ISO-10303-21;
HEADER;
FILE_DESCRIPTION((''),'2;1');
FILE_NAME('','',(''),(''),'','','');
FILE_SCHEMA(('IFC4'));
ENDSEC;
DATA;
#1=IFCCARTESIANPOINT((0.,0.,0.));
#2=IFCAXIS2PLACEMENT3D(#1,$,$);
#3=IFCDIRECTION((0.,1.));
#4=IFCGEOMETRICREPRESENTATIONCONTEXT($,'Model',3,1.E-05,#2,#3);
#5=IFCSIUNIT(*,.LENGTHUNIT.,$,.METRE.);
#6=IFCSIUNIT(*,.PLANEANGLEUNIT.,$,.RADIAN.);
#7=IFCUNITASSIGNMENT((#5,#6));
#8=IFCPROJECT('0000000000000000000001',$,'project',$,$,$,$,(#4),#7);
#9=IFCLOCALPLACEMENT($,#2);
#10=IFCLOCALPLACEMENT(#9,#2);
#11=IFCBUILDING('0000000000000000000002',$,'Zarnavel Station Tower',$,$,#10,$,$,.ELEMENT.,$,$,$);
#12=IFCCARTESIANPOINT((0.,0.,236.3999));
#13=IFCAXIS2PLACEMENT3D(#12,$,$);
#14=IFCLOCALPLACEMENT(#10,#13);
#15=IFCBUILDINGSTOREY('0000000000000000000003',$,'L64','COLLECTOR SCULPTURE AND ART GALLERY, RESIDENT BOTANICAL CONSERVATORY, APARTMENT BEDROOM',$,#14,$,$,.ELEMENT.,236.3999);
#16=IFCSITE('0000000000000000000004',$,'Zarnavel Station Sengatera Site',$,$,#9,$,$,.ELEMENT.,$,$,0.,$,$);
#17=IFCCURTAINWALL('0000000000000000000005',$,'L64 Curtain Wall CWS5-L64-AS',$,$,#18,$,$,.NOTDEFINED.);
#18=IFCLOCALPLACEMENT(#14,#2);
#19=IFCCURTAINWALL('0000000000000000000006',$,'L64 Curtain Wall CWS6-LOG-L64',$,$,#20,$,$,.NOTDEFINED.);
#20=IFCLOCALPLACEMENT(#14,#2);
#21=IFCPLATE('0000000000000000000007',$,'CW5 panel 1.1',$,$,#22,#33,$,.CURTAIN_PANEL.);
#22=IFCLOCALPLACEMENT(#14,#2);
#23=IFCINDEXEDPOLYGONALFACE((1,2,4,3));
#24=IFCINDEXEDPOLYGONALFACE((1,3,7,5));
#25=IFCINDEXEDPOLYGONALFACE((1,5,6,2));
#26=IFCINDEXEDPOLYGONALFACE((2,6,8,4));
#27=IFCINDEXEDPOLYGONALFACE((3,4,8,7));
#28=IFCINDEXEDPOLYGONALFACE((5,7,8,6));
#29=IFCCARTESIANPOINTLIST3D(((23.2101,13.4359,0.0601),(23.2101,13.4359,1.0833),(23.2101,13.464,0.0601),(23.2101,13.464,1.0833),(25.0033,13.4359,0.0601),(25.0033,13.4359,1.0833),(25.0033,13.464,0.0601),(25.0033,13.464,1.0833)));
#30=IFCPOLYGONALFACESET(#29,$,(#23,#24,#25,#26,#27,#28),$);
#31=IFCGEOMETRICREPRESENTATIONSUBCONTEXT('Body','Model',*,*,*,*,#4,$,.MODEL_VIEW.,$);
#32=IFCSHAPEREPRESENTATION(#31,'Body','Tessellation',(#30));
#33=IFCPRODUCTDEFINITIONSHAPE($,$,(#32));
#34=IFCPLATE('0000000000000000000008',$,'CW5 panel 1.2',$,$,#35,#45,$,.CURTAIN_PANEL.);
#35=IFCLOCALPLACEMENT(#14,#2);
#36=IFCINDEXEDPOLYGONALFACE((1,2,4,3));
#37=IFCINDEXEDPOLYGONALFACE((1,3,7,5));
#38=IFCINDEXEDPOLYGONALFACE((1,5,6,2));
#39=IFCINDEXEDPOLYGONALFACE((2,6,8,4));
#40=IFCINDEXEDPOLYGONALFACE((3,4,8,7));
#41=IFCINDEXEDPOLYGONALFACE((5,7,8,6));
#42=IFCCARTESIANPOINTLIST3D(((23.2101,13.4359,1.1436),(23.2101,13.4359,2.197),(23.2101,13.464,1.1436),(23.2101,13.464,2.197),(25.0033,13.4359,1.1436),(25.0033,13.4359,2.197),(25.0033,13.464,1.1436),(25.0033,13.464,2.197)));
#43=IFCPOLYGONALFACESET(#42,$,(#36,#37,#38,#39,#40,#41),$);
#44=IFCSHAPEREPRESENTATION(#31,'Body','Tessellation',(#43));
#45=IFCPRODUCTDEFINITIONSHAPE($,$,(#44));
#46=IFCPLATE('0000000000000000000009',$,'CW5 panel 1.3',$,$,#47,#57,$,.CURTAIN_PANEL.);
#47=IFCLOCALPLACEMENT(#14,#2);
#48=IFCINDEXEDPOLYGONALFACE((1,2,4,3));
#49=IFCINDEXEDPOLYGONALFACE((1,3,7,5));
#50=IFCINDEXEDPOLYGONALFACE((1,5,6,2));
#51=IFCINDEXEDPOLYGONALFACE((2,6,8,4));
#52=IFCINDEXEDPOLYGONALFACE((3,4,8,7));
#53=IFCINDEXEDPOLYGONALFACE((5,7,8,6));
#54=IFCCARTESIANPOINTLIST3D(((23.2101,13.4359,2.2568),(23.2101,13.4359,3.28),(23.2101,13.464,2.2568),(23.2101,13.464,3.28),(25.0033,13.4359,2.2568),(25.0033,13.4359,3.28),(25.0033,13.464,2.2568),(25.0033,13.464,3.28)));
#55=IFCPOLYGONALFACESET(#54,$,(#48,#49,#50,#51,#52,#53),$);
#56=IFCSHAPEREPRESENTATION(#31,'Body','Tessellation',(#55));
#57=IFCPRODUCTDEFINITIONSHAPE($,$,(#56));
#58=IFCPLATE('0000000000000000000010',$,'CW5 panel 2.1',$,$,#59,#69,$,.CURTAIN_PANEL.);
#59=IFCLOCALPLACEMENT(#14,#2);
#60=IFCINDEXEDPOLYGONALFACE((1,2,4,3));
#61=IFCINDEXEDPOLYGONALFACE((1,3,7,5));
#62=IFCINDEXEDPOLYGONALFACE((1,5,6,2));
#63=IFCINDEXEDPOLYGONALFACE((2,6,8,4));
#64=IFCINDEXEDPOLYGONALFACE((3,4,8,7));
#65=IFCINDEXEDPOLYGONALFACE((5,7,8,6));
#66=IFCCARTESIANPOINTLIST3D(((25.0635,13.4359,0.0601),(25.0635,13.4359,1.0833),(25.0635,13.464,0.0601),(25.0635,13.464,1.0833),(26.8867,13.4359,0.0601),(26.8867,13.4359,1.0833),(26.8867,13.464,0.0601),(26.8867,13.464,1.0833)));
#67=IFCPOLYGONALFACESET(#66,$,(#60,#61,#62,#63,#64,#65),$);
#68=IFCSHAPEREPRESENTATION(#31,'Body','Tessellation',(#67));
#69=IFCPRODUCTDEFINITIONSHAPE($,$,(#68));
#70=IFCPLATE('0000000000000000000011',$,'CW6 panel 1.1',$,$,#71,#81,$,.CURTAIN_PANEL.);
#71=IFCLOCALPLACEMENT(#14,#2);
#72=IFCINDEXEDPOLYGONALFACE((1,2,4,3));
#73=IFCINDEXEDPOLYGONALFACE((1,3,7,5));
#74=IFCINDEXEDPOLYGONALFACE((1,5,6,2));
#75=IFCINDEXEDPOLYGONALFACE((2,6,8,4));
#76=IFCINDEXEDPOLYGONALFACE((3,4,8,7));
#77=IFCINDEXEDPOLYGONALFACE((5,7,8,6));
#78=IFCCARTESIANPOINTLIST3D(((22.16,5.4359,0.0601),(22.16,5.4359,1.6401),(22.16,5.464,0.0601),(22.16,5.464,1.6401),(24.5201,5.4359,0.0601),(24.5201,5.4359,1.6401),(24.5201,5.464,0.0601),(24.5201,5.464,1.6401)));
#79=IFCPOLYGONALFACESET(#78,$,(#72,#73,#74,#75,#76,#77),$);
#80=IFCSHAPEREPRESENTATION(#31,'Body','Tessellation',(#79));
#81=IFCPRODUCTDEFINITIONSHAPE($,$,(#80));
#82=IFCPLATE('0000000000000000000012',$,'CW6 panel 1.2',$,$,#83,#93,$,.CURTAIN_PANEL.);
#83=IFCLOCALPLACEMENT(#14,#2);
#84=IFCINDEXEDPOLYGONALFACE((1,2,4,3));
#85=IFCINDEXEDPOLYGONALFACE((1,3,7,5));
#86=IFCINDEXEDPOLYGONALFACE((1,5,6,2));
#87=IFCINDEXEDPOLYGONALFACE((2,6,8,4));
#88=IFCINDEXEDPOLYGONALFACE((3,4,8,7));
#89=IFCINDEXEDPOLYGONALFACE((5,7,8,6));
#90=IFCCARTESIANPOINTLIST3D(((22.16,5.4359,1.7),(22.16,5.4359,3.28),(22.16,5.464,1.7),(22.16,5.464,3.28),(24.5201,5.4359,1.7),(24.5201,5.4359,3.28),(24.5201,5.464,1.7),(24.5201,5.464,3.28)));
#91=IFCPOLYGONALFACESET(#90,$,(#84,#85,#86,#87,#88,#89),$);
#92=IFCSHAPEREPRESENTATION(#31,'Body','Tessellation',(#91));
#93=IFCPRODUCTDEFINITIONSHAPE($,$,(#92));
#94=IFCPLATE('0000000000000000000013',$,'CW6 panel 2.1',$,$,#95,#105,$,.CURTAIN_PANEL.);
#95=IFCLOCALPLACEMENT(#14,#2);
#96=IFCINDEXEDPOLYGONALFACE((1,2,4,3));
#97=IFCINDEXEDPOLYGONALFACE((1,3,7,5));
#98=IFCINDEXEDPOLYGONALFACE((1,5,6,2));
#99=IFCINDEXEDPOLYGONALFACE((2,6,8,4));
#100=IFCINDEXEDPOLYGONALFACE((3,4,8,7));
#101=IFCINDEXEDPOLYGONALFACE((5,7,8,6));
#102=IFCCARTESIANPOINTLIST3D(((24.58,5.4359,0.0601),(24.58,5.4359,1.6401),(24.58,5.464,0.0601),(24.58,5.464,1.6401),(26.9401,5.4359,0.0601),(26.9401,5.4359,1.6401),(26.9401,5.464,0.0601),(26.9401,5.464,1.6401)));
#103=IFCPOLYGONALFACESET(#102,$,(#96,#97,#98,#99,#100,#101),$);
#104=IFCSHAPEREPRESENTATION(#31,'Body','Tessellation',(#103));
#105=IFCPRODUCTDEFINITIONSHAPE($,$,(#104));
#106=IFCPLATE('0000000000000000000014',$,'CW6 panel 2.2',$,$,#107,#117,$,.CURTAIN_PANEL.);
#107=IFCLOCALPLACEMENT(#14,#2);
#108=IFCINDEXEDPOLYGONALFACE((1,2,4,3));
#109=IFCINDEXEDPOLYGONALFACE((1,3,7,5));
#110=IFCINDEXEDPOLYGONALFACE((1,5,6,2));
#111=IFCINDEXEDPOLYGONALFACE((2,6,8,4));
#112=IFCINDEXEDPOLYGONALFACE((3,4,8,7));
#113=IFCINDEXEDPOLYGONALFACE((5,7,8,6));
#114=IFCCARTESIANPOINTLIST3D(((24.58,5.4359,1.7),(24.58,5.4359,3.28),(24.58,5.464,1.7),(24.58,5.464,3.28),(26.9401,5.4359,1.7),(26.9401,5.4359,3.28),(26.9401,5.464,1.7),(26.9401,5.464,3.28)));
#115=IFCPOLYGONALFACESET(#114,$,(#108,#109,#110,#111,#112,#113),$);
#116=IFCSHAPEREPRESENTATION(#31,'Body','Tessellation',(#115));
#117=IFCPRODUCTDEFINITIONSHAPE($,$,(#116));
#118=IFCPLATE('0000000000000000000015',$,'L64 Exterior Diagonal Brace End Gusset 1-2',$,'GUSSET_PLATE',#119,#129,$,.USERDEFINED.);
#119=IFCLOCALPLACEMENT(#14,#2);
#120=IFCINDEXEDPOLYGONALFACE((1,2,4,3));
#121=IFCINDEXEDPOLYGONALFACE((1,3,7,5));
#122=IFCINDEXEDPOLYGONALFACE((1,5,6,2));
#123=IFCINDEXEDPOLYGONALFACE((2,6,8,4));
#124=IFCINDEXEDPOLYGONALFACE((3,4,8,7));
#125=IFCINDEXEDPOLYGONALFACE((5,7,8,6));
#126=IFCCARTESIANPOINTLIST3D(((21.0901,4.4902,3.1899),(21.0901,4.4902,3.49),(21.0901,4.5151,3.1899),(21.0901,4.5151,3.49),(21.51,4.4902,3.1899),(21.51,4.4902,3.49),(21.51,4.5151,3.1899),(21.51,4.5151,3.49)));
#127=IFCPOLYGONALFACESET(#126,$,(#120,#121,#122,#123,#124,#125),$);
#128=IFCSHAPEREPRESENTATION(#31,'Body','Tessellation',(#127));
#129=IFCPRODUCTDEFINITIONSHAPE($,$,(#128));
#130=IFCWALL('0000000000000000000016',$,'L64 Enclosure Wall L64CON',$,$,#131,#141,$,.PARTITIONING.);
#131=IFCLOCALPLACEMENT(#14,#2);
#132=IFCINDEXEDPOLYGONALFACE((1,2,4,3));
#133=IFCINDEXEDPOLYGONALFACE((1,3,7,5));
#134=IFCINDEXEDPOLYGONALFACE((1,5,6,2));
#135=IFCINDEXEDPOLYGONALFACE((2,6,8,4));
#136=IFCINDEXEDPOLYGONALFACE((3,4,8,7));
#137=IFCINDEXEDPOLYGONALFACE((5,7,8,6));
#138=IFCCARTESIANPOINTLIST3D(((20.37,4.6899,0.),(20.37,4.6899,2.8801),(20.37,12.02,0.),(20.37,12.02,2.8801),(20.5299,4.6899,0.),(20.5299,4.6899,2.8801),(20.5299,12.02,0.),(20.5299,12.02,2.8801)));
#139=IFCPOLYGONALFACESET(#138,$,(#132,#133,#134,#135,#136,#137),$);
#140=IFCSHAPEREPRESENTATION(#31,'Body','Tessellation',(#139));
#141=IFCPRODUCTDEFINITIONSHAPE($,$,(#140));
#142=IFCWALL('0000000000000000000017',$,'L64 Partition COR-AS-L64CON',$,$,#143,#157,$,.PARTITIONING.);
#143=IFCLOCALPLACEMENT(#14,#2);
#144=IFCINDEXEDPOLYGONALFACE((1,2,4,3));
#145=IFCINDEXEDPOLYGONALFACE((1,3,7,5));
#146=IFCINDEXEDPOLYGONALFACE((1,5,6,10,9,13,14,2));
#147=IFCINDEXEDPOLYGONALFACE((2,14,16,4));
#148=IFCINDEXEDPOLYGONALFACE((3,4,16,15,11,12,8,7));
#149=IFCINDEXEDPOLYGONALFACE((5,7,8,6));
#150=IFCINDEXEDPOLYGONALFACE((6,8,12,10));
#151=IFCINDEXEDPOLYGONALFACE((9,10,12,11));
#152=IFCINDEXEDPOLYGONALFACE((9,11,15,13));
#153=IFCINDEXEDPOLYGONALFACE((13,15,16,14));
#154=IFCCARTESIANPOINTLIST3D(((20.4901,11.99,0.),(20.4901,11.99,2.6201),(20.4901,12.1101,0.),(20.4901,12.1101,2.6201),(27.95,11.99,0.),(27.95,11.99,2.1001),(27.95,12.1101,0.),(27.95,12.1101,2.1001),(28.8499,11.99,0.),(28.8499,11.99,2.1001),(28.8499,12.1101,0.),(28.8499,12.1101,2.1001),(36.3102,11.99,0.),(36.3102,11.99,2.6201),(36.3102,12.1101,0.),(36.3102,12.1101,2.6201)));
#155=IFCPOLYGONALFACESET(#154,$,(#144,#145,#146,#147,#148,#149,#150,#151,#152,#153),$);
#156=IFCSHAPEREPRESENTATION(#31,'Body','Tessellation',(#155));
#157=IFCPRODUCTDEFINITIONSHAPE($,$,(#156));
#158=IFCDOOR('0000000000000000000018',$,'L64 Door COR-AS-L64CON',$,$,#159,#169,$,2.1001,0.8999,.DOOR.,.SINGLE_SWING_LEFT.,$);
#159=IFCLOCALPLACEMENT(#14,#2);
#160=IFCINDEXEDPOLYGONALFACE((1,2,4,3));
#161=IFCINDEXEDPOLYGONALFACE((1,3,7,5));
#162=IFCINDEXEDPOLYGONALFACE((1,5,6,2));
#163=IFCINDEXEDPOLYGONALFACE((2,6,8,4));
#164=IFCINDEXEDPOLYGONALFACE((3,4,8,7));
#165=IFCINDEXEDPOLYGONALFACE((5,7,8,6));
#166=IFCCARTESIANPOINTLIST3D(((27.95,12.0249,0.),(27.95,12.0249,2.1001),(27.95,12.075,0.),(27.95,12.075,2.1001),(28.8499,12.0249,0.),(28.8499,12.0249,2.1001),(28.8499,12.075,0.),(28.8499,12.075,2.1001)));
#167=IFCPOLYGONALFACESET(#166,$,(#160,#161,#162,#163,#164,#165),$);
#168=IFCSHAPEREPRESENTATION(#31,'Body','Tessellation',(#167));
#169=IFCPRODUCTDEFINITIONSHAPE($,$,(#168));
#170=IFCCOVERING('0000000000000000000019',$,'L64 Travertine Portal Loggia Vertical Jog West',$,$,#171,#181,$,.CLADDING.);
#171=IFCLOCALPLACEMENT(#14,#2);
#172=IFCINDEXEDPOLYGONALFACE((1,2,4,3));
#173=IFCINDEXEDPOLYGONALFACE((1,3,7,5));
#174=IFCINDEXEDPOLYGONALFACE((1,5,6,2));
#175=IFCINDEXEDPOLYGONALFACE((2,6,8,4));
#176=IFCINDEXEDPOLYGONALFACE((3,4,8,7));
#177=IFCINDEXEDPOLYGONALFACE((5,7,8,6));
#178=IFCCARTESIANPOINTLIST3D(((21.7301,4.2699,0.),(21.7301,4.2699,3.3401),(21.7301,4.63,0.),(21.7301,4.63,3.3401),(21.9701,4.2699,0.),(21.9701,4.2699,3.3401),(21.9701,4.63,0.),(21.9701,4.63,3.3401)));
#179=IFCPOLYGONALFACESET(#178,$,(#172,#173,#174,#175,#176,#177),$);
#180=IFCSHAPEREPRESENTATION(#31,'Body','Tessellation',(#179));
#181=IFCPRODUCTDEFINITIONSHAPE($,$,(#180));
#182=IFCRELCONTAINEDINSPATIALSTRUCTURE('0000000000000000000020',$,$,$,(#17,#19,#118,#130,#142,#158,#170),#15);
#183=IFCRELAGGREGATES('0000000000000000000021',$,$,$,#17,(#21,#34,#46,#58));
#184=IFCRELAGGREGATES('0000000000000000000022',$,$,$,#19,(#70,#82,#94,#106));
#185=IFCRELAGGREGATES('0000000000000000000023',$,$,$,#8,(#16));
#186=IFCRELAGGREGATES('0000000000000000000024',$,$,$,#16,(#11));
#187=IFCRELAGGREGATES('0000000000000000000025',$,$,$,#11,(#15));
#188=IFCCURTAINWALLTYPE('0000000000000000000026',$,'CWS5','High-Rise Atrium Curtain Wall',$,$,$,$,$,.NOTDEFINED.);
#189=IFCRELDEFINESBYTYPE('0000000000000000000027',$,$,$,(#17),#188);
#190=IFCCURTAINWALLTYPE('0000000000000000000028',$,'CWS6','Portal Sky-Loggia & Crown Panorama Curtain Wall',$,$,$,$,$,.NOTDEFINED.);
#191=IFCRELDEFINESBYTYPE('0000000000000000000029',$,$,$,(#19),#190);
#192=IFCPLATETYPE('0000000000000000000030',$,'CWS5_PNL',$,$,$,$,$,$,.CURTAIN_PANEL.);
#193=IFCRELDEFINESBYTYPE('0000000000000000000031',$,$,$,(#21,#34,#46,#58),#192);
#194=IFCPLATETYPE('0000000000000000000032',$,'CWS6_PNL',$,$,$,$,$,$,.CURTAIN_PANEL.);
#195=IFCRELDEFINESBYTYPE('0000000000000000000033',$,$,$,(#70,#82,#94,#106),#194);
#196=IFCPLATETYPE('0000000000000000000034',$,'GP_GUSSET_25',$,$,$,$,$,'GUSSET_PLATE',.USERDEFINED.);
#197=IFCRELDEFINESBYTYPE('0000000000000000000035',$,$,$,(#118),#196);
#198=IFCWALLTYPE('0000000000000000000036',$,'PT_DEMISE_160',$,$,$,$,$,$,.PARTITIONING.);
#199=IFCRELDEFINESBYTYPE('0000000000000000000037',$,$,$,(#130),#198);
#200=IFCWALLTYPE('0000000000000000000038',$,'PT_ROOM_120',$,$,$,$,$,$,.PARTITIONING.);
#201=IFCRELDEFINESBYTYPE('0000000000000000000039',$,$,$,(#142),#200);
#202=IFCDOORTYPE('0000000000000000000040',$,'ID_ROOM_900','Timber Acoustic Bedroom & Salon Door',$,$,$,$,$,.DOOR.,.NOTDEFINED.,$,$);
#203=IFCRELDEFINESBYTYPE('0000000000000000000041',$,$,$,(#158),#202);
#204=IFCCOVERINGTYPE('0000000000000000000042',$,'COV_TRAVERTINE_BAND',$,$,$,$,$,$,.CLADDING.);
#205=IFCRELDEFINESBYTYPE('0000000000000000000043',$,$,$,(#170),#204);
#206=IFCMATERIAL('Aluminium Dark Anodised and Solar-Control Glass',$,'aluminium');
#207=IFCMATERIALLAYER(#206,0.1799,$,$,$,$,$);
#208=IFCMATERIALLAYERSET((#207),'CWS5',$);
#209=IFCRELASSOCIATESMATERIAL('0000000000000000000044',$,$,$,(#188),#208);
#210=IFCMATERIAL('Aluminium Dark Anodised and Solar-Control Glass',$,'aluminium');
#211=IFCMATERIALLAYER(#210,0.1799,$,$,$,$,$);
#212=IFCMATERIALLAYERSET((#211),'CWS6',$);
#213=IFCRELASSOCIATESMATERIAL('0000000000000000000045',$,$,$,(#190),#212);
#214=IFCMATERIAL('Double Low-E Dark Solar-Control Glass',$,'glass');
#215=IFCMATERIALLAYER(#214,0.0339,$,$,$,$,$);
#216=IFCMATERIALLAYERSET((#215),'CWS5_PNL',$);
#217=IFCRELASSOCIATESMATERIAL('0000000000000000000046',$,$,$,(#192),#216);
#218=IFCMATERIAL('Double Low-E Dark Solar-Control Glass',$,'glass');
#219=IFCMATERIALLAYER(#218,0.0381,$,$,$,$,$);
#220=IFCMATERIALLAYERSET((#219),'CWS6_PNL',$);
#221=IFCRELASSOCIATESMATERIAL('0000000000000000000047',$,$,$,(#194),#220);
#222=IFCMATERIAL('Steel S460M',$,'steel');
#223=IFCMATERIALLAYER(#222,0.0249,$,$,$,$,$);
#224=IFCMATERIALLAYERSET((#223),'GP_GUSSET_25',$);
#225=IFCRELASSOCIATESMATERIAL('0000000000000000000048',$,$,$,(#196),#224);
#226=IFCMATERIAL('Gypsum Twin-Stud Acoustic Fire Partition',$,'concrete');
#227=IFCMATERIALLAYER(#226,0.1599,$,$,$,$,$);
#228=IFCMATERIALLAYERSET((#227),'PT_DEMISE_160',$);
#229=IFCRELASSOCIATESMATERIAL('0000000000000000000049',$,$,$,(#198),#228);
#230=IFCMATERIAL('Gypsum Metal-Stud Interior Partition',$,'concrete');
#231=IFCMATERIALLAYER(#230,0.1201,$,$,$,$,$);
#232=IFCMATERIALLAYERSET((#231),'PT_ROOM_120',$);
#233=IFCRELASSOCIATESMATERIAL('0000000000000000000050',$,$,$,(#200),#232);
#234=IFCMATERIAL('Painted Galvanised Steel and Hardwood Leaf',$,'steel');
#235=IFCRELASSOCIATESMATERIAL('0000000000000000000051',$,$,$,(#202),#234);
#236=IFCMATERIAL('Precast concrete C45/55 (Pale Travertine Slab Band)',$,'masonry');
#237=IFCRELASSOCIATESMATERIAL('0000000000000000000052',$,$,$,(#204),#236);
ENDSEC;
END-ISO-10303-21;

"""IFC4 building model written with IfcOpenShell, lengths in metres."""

from ifc_helpers import new_model, si_unit, direction, frame, frame_2d, origin, origin_2d, place, context, subcontext, project, spatial, rectangle, extrude, material, layer, layer_set, type_object, element, fill, aggregate, save


model = new_model("IFC4")

# Units and contexts
model_context = context("Model", 3, precision=1e-05, world=origin(), true_north=direction((0.0, 1.0)))
body_context = subcontext(model_context, "Body", "Model", "MODEL_VIEW")
ifc_project = project(units=[si_unit("LENGTHUNIT", "METRE"), si_unit("PLANEANGLEUNIT", "RADIAN")], contexts=[model_context])

# Site, building, storey
site_placement = place(None, origin())
site = spatial("IfcSite", under=ifc_project, at=site_placement, Name="Zarnavel Station Sengatera Site", CompositionType="ELEMENT", RefElevation=0.0)
building_placement = place(site_placement, origin())
building = spatial("IfcBuilding", under=site, at=building_placement, Name="Zarnavel Station Tower", CompositionType="ELEMENT")
storey_placement = place(building_placement, frame((0.0, 0.0, 236.3999)))
storey = spatial("IfcBuildingStorey", under=building, at=storey_placement, Name="L64", Description="COLLECTOR SCULPTURE AND ART GALLERY, RESIDENT BOTANICAL CONSERVATORY, APARTMENT BEDROOM", CompositionType="ELEMENT", Elevation=236.3999)

# Curtain walls
ifc_material_1 = material(Name="Aluminium Dark Anodised and Solar-Control Glass", Category="aluminium")
ifc_layer_1 = layer(ifc_material_1, 0.1799)
ifc_layer_set_1 = layer_set([ifc_layer_1], Name="CWS5")
curtain_wall_type_1 = type_object("IfcCurtainWallType", Name="CWS5", Description="High-Rise Atrium Curtain Wall", PredefinedType="NOTDEFINED", material=ifc_layer_set_1)
curtain_wall_1_placement = place(storey_placement, origin())
curtain_wall_1 = element("IfcCurtainWall", 1, at=curtain_wall_1_placement, inside=storey, type_object=curtain_wall_type_1, Name="L64 Curtain Wall CWS5-L64-AS", PredefinedType="NOTDEFINED")
ifc_material_2 = material(Name="Aluminium Dark Anodised and Solar-Control Glass", Category="aluminium")
ifc_layer_2 = layer(ifc_material_2, 0.1799)
ifc_layer_set_2 = layer_set([ifc_layer_2], Name="CWS6")
curtain_wall_type_2 = type_object("IfcCurtainWallType", Name="CWS6", Description="Portal Sky-Loggia & Crown Panorama Curtain Wall", PredefinedType="NOTDEFINED", material=ifc_layer_set_2)
curtain_wall_2_placement = place(storey_placement, origin())
curtain_wall_2 = element("IfcCurtainWall", 2, at=curtain_wall_2_placement, inside=storey, type_object=curtain_wall_type_2, Name="L64 Curtain Wall CWS6-LOG-L64", PredefinedType="NOTDEFINED")

# Plates
ifc_material_3 = material(Name="Double Low-E Dark Solar-Control Glass", Category="glass")
ifc_layer_3 = layer(ifc_material_3, 0.0339)
ifc_layer_set_3 = layer_set([ifc_layer_3], Name="CWS5_PNL")
plate_type_1 = type_object("IfcPlateType", Name="CWS5_PNL", PredefinedType="CURTAIN_PANEL", material=ifc_layer_set_3)
plate_1_placement = place(storey_placement, frame((24.1067, 13.45, 0.0601), z_axis=(0.0, 0.0, 1.0), x_axis=(1.0, 0.0, 0.0)))
plate_1 = element("IfcPlate", 3, at=plate_1_placement, type_object=plate_type_1, Name="CW5 panel 1.1", PredefinedType="CURTAIN_PANEL", context=body_context, shape_type="SweptSolid", body=[
    extrude(rectangle(XDim=1.7932, YDim=0.0281, at=origin_2d()), origin(), (0.0, 0.0, 1.0), 1.0232),
])
plate_2_placement = place(storey_placement, frame((24.1067, 13.45, 1.1436), z_axis=(0.0, 0.0, 1.0), x_axis=(1.0, 0.0, 0.0)))
plate_2 = element("IfcPlate", 4, at=plate_2_placement, type_object=plate_type_1, Name="CW5 panel 1.2", PredefinedType="CURTAIN_PANEL", context=body_context, shape_type="SweptSolid", body=[
    extrude(rectangle(XDim=1.7932, YDim=0.0281, at=origin_2d()), origin(), (0.0, 0.0, 1.0), 1.0535),
])
plate_3_placement = place(storey_placement, frame((24.1067, 13.45, 2.2568), z_axis=(0.0, 0.0, 1.0), x_axis=(1.0, 0.0, 0.0)))
plate_3 = element("IfcPlate", 5, at=plate_3_placement, type_object=plate_type_1, Name="CW5 panel 1.3", PredefinedType="CURTAIN_PANEL", context=body_context, shape_type="SweptSolid", body=[
    extrude(rectangle(XDim=1.7932, YDim=0.0281, at=origin_2d()), origin(), (0.0, 0.0, 1.0), 1.0232),
])
plate_4_placement = place(storey_placement, frame((25.9751, 13.45, 0.0601), z_axis=(0.0, 0.0, 1.0), x_axis=(1.0, 0.0, 0.0)))
plate_4 = element("IfcPlate", 6, at=plate_4_placement, type_object=plate_type_1, Name="CW5 panel 2.1", PredefinedType="CURTAIN_PANEL", context=body_context, shape_type="SweptSolid", body=[
    extrude(rectangle(XDim=1.8232, YDim=0.0281, at=origin_2d()), origin(), (0.0, 0.0, 1.0), 1.0232),
])
aggregate(curtain_wall_1, [plate_1, plate_2, plate_3, plate_4])
ifc_material_4 = material(Name="Double Low-E Dark Solar-Control Glass", Category="glass")
ifc_layer_4 = layer(ifc_material_4, 0.0381)
ifc_layer_set_4 = layer_set([ifc_layer_4], Name="CWS6_PNL")
plate_type_2 = type_object("IfcPlateType", Name="CWS6_PNL", PredefinedType="CURTAIN_PANEL", material=ifc_layer_set_4)
plate_5_placement = place(storey_placement, frame((23.3401, 5.45, 0.0601), z_axis=(0.0, 0.0, 1.0), x_axis=(1.0, 0.0, 0.0)))
plate_5 = element("IfcPlate", 7, at=plate_5_placement, type_object=plate_type_2, Name="CW6 panel 1.1", PredefinedType="CURTAIN_PANEL", context=body_context, shape_type="SweptSolid", body=[
    extrude(rectangle(XDim=2.3601, YDim=0.0281, at=origin_2d()), origin(), (0.0, 0.0, 1.0), 1.5801),
])
plate_6_placement = place(storey_placement, frame((23.3401, 5.45, 1.7), z_axis=(0.0, 0.0, 1.0), x_axis=(1.0, 0.0, 0.0)))
plate_6 = element("IfcPlate", 8, at=plate_6_placement, type_object=plate_type_2, Name="CW6 panel 1.2", PredefinedType="CURTAIN_PANEL", context=body_context, shape_type="SweptSolid", body=[
    extrude(rectangle(XDim=2.3601, YDim=0.0281, at=origin_2d()), origin(), (0.0, 0.0, 1.0), 1.5801),
])
plate_7_placement = place(storey_placement, frame((25.76, 5.45, 0.0601), z_axis=(0.0, 0.0, 1.0), x_axis=(1.0, 0.0, 0.0)))
plate_7 = element("IfcPlate", 9, at=plate_7_placement, type_object=plate_type_2, Name="CW6 panel 2.1", PredefinedType="CURTAIN_PANEL", context=body_context, shape_type="SweptSolid", body=[
    extrude(rectangle(XDim=2.3601, YDim=0.0281, at=origin_2d()), origin(), (0.0, 0.0, 1.0), 1.5801),
])
plate_8_placement = place(storey_placement, frame((25.76, 5.45, 1.7), z_axis=(0.0, 0.0, 1.0), x_axis=(1.0, 0.0, 0.0)))
plate_8 = element("IfcPlate", 10, at=plate_8_placement, type_object=plate_type_2, Name="CW6 panel 2.2", PredefinedType="CURTAIN_PANEL", context=body_context, shape_type="SweptSolid", body=[
    extrude(rectangle(XDim=2.3601, YDim=0.0281, at=origin_2d()), origin(), (0.0, 0.0, 1.0), 1.5801),
])
aggregate(curtain_wall_2, [plate_5, plate_6, plate_7, plate_8])
ifc_material_5 = material(Name="Steel S460M", Category="steel")
ifc_layer_5 = layer(ifc_material_5, 0.0249)
ifc_layer_set_5 = layer_set([ifc_layer_5], Name="GP_GUSSET_25")
plate_type_3 = type_object("IfcPlateType", Name="GP_GUSSET_25", ElementType="GUSSET_PLATE", PredefinedType="USERDEFINED", material=ifc_layer_set_5)
plate_9_placement = place(storey_placement, frame((21.3, 4.5027, 3.1899), z_axis=(0.0, 0.0, 1.0), x_axis=(1.0, 0.0, 0.0)))
element("IfcPlate", 11, at=plate_9_placement, inside=storey, type_object=plate_type_3, Name="L64 Exterior Diagonal Brace End Gusset 1-2", ObjectType="GUSSET_PLATE", PredefinedType="USERDEFINED", context=body_context, shape_type="SweptSolid", body=[
    extrude(rectangle(XDim=0.4199, YDim=0.0249, at=origin_2d()), origin(), (0.0, 0.0, 1.0), 0.3),
])

# Wall
ifc_material_6 = material(Name="Gypsum Twin-Stud Acoustic Fire Partition", Category="concrete")
ifc_layer_6 = layer(ifc_material_6, 0.1599)
ifc_layer_set_6 = layer_set([ifc_layer_6], Name="PT_DEMISE_160")
wall_type_1 = type_object("IfcWallType", Name="PT_DEMISE_160", PredefinedType="PARTITIONING", material=ifc_layer_set_6)
wall_1_placement = place(storey_placement, frame((20.45, 4.6899, 0.0), z_axis=(0.0, 0.0, 1.0), x_axis=(0.0, 1.0, 0.0)))
element("IfcWall", 12, at=wall_1_placement, inside=storey, type_object=wall_type_1, Name="L64 Enclosure Wall L64CON", PredefinedType="PARTITIONING", context=body_context, shape_type="SweptSolid", body=[
    extrude(rectangle(XDim=7.3301, YDim=0.1599, at=frame_2d((3.665, 0.0))), origin(), (0.0, 0.0, 1.0), 2.8801),
])

# Wall, opening, door
ifc_material_7 = material(Name="Gypsum Metal-Stud Interior Partition", Category="concrete")
ifc_layer_7 = layer(ifc_material_7, 0.1201)
ifc_layer_set_7 = layer_set([ifc_layer_7], Name="PT_ROOM_120")
wall_type_2 = type_object("IfcWallType", Name="PT_ROOM_120", PredefinedType="PARTITIONING", material=ifc_layer_set_7)
wall_2_placement = place(storey_placement, frame((20.49, 12.05, 0.0), z_axis=(0.0, 0.0, 1.0), x_axis=(1.0, 0.0, 0.0)))
wall_2 = element("IfcWall", 13, at=wall_2_placement, inside=storey, type_object=wall_type_2, Name="L64 Partition COR-AS-L64CON", PredefinedType="PARTITIONING", context=body_context, shape_type="SweptSolid", body=[
    extrude(rectangle(XDim=15.8201, YDim=0.1201, at=frame_2d((7.9102, 0.0))), origin(), (0.0, 0.0, 1.0), 2.6201),
])
opening_placement = place(wall_2_placement, frame((7.46, 0.0, 0.0)))
opening = element("IfcOpeningElement", 14, at=opening_placement, cuts=wall_2, PredefinedType="OPENING", context=body_context, shape_type="SweptSolid", body=[
    extrude(rectangle(XDim=0.8999, YDim=2.1001, at=frame_2d((0.45, 1.05))), frame((0.0, 0.0701, 0.0), z_axis=(0.0, -1.0, 0.0), x_axis=(1.0, 0.0, 0.0)), (0.0, 0.0, 1.0), 0.1401),
])
ifc_material_8 = material(Name="Painted Galvanised Steel and Hardwood Leaf", Category="steel")
door_type = type_object("IfcDoorType", Name="ID_ROOM_900", Description="Timber Acoustic Bedroom & Salon Door", OperationType="NOTDEFINED", PredefinedType="DOOR", material=ifc_material_8)
door_placement = place(opening_placement, origin())
door = element("IfcDoor", 15, at=door_placement, inside=storey, type_object=door_type, Name="L64 Door COR-AS-L64CON", OperationType="SINGLE_SWING_LEFT", OverallHeight=2.1001, OverallWidth=0.8999, PredefinedType="DOOR", context=body_context, shape_type="SweptSolid", body=[
    extrude(rectangle(XDim=0.8999, YDim=2.1001, at=frame_2d((0.45, 1.05))), frame((0.0, 0.0249, 0.0), z_axis=(0.0, -1.0, 0.0), x_axis=(1.0, 0.0, 0.0)), (0.0, 0.0, 1.0), 0.05),
])
fill(opening, door)

# Covering
ifc_material_9 = material(Name="Precast concrete C45/55 (Pale Travertine Slab Band)", Category="masonry")
covering_type = type_object("IfcCoveringType", Name="COV_TRAVERTINE_BAND", PredefinedType="CLADDING", material=ifc_material_9)
for number, where, z_axis, x_axis, name in (
    (16, (21.8501, 4.45, 0.0), (0.0, 0.0, 1.0), (1.0, 0.0, 0.0), "L64 Travertine Portal Loggia Vertical Jog West"),
):
    element("IfcCovering", number, at=place(storey_placement, frame(where, z_axis=z_axis, x_axis=x_axis)), inside=storey, type_object=covering_type, Name=name, PredefinedType="CLADDING", context=body_context, shape_type="SweptSolid", body=[
        extrude(rectangle(XDim=0.24, YDim=0.3601, at=origin_2d()), origin(), (0.0, 0.0, 1.0), 3.3401),
    ])

save(model, "model.ifc")
